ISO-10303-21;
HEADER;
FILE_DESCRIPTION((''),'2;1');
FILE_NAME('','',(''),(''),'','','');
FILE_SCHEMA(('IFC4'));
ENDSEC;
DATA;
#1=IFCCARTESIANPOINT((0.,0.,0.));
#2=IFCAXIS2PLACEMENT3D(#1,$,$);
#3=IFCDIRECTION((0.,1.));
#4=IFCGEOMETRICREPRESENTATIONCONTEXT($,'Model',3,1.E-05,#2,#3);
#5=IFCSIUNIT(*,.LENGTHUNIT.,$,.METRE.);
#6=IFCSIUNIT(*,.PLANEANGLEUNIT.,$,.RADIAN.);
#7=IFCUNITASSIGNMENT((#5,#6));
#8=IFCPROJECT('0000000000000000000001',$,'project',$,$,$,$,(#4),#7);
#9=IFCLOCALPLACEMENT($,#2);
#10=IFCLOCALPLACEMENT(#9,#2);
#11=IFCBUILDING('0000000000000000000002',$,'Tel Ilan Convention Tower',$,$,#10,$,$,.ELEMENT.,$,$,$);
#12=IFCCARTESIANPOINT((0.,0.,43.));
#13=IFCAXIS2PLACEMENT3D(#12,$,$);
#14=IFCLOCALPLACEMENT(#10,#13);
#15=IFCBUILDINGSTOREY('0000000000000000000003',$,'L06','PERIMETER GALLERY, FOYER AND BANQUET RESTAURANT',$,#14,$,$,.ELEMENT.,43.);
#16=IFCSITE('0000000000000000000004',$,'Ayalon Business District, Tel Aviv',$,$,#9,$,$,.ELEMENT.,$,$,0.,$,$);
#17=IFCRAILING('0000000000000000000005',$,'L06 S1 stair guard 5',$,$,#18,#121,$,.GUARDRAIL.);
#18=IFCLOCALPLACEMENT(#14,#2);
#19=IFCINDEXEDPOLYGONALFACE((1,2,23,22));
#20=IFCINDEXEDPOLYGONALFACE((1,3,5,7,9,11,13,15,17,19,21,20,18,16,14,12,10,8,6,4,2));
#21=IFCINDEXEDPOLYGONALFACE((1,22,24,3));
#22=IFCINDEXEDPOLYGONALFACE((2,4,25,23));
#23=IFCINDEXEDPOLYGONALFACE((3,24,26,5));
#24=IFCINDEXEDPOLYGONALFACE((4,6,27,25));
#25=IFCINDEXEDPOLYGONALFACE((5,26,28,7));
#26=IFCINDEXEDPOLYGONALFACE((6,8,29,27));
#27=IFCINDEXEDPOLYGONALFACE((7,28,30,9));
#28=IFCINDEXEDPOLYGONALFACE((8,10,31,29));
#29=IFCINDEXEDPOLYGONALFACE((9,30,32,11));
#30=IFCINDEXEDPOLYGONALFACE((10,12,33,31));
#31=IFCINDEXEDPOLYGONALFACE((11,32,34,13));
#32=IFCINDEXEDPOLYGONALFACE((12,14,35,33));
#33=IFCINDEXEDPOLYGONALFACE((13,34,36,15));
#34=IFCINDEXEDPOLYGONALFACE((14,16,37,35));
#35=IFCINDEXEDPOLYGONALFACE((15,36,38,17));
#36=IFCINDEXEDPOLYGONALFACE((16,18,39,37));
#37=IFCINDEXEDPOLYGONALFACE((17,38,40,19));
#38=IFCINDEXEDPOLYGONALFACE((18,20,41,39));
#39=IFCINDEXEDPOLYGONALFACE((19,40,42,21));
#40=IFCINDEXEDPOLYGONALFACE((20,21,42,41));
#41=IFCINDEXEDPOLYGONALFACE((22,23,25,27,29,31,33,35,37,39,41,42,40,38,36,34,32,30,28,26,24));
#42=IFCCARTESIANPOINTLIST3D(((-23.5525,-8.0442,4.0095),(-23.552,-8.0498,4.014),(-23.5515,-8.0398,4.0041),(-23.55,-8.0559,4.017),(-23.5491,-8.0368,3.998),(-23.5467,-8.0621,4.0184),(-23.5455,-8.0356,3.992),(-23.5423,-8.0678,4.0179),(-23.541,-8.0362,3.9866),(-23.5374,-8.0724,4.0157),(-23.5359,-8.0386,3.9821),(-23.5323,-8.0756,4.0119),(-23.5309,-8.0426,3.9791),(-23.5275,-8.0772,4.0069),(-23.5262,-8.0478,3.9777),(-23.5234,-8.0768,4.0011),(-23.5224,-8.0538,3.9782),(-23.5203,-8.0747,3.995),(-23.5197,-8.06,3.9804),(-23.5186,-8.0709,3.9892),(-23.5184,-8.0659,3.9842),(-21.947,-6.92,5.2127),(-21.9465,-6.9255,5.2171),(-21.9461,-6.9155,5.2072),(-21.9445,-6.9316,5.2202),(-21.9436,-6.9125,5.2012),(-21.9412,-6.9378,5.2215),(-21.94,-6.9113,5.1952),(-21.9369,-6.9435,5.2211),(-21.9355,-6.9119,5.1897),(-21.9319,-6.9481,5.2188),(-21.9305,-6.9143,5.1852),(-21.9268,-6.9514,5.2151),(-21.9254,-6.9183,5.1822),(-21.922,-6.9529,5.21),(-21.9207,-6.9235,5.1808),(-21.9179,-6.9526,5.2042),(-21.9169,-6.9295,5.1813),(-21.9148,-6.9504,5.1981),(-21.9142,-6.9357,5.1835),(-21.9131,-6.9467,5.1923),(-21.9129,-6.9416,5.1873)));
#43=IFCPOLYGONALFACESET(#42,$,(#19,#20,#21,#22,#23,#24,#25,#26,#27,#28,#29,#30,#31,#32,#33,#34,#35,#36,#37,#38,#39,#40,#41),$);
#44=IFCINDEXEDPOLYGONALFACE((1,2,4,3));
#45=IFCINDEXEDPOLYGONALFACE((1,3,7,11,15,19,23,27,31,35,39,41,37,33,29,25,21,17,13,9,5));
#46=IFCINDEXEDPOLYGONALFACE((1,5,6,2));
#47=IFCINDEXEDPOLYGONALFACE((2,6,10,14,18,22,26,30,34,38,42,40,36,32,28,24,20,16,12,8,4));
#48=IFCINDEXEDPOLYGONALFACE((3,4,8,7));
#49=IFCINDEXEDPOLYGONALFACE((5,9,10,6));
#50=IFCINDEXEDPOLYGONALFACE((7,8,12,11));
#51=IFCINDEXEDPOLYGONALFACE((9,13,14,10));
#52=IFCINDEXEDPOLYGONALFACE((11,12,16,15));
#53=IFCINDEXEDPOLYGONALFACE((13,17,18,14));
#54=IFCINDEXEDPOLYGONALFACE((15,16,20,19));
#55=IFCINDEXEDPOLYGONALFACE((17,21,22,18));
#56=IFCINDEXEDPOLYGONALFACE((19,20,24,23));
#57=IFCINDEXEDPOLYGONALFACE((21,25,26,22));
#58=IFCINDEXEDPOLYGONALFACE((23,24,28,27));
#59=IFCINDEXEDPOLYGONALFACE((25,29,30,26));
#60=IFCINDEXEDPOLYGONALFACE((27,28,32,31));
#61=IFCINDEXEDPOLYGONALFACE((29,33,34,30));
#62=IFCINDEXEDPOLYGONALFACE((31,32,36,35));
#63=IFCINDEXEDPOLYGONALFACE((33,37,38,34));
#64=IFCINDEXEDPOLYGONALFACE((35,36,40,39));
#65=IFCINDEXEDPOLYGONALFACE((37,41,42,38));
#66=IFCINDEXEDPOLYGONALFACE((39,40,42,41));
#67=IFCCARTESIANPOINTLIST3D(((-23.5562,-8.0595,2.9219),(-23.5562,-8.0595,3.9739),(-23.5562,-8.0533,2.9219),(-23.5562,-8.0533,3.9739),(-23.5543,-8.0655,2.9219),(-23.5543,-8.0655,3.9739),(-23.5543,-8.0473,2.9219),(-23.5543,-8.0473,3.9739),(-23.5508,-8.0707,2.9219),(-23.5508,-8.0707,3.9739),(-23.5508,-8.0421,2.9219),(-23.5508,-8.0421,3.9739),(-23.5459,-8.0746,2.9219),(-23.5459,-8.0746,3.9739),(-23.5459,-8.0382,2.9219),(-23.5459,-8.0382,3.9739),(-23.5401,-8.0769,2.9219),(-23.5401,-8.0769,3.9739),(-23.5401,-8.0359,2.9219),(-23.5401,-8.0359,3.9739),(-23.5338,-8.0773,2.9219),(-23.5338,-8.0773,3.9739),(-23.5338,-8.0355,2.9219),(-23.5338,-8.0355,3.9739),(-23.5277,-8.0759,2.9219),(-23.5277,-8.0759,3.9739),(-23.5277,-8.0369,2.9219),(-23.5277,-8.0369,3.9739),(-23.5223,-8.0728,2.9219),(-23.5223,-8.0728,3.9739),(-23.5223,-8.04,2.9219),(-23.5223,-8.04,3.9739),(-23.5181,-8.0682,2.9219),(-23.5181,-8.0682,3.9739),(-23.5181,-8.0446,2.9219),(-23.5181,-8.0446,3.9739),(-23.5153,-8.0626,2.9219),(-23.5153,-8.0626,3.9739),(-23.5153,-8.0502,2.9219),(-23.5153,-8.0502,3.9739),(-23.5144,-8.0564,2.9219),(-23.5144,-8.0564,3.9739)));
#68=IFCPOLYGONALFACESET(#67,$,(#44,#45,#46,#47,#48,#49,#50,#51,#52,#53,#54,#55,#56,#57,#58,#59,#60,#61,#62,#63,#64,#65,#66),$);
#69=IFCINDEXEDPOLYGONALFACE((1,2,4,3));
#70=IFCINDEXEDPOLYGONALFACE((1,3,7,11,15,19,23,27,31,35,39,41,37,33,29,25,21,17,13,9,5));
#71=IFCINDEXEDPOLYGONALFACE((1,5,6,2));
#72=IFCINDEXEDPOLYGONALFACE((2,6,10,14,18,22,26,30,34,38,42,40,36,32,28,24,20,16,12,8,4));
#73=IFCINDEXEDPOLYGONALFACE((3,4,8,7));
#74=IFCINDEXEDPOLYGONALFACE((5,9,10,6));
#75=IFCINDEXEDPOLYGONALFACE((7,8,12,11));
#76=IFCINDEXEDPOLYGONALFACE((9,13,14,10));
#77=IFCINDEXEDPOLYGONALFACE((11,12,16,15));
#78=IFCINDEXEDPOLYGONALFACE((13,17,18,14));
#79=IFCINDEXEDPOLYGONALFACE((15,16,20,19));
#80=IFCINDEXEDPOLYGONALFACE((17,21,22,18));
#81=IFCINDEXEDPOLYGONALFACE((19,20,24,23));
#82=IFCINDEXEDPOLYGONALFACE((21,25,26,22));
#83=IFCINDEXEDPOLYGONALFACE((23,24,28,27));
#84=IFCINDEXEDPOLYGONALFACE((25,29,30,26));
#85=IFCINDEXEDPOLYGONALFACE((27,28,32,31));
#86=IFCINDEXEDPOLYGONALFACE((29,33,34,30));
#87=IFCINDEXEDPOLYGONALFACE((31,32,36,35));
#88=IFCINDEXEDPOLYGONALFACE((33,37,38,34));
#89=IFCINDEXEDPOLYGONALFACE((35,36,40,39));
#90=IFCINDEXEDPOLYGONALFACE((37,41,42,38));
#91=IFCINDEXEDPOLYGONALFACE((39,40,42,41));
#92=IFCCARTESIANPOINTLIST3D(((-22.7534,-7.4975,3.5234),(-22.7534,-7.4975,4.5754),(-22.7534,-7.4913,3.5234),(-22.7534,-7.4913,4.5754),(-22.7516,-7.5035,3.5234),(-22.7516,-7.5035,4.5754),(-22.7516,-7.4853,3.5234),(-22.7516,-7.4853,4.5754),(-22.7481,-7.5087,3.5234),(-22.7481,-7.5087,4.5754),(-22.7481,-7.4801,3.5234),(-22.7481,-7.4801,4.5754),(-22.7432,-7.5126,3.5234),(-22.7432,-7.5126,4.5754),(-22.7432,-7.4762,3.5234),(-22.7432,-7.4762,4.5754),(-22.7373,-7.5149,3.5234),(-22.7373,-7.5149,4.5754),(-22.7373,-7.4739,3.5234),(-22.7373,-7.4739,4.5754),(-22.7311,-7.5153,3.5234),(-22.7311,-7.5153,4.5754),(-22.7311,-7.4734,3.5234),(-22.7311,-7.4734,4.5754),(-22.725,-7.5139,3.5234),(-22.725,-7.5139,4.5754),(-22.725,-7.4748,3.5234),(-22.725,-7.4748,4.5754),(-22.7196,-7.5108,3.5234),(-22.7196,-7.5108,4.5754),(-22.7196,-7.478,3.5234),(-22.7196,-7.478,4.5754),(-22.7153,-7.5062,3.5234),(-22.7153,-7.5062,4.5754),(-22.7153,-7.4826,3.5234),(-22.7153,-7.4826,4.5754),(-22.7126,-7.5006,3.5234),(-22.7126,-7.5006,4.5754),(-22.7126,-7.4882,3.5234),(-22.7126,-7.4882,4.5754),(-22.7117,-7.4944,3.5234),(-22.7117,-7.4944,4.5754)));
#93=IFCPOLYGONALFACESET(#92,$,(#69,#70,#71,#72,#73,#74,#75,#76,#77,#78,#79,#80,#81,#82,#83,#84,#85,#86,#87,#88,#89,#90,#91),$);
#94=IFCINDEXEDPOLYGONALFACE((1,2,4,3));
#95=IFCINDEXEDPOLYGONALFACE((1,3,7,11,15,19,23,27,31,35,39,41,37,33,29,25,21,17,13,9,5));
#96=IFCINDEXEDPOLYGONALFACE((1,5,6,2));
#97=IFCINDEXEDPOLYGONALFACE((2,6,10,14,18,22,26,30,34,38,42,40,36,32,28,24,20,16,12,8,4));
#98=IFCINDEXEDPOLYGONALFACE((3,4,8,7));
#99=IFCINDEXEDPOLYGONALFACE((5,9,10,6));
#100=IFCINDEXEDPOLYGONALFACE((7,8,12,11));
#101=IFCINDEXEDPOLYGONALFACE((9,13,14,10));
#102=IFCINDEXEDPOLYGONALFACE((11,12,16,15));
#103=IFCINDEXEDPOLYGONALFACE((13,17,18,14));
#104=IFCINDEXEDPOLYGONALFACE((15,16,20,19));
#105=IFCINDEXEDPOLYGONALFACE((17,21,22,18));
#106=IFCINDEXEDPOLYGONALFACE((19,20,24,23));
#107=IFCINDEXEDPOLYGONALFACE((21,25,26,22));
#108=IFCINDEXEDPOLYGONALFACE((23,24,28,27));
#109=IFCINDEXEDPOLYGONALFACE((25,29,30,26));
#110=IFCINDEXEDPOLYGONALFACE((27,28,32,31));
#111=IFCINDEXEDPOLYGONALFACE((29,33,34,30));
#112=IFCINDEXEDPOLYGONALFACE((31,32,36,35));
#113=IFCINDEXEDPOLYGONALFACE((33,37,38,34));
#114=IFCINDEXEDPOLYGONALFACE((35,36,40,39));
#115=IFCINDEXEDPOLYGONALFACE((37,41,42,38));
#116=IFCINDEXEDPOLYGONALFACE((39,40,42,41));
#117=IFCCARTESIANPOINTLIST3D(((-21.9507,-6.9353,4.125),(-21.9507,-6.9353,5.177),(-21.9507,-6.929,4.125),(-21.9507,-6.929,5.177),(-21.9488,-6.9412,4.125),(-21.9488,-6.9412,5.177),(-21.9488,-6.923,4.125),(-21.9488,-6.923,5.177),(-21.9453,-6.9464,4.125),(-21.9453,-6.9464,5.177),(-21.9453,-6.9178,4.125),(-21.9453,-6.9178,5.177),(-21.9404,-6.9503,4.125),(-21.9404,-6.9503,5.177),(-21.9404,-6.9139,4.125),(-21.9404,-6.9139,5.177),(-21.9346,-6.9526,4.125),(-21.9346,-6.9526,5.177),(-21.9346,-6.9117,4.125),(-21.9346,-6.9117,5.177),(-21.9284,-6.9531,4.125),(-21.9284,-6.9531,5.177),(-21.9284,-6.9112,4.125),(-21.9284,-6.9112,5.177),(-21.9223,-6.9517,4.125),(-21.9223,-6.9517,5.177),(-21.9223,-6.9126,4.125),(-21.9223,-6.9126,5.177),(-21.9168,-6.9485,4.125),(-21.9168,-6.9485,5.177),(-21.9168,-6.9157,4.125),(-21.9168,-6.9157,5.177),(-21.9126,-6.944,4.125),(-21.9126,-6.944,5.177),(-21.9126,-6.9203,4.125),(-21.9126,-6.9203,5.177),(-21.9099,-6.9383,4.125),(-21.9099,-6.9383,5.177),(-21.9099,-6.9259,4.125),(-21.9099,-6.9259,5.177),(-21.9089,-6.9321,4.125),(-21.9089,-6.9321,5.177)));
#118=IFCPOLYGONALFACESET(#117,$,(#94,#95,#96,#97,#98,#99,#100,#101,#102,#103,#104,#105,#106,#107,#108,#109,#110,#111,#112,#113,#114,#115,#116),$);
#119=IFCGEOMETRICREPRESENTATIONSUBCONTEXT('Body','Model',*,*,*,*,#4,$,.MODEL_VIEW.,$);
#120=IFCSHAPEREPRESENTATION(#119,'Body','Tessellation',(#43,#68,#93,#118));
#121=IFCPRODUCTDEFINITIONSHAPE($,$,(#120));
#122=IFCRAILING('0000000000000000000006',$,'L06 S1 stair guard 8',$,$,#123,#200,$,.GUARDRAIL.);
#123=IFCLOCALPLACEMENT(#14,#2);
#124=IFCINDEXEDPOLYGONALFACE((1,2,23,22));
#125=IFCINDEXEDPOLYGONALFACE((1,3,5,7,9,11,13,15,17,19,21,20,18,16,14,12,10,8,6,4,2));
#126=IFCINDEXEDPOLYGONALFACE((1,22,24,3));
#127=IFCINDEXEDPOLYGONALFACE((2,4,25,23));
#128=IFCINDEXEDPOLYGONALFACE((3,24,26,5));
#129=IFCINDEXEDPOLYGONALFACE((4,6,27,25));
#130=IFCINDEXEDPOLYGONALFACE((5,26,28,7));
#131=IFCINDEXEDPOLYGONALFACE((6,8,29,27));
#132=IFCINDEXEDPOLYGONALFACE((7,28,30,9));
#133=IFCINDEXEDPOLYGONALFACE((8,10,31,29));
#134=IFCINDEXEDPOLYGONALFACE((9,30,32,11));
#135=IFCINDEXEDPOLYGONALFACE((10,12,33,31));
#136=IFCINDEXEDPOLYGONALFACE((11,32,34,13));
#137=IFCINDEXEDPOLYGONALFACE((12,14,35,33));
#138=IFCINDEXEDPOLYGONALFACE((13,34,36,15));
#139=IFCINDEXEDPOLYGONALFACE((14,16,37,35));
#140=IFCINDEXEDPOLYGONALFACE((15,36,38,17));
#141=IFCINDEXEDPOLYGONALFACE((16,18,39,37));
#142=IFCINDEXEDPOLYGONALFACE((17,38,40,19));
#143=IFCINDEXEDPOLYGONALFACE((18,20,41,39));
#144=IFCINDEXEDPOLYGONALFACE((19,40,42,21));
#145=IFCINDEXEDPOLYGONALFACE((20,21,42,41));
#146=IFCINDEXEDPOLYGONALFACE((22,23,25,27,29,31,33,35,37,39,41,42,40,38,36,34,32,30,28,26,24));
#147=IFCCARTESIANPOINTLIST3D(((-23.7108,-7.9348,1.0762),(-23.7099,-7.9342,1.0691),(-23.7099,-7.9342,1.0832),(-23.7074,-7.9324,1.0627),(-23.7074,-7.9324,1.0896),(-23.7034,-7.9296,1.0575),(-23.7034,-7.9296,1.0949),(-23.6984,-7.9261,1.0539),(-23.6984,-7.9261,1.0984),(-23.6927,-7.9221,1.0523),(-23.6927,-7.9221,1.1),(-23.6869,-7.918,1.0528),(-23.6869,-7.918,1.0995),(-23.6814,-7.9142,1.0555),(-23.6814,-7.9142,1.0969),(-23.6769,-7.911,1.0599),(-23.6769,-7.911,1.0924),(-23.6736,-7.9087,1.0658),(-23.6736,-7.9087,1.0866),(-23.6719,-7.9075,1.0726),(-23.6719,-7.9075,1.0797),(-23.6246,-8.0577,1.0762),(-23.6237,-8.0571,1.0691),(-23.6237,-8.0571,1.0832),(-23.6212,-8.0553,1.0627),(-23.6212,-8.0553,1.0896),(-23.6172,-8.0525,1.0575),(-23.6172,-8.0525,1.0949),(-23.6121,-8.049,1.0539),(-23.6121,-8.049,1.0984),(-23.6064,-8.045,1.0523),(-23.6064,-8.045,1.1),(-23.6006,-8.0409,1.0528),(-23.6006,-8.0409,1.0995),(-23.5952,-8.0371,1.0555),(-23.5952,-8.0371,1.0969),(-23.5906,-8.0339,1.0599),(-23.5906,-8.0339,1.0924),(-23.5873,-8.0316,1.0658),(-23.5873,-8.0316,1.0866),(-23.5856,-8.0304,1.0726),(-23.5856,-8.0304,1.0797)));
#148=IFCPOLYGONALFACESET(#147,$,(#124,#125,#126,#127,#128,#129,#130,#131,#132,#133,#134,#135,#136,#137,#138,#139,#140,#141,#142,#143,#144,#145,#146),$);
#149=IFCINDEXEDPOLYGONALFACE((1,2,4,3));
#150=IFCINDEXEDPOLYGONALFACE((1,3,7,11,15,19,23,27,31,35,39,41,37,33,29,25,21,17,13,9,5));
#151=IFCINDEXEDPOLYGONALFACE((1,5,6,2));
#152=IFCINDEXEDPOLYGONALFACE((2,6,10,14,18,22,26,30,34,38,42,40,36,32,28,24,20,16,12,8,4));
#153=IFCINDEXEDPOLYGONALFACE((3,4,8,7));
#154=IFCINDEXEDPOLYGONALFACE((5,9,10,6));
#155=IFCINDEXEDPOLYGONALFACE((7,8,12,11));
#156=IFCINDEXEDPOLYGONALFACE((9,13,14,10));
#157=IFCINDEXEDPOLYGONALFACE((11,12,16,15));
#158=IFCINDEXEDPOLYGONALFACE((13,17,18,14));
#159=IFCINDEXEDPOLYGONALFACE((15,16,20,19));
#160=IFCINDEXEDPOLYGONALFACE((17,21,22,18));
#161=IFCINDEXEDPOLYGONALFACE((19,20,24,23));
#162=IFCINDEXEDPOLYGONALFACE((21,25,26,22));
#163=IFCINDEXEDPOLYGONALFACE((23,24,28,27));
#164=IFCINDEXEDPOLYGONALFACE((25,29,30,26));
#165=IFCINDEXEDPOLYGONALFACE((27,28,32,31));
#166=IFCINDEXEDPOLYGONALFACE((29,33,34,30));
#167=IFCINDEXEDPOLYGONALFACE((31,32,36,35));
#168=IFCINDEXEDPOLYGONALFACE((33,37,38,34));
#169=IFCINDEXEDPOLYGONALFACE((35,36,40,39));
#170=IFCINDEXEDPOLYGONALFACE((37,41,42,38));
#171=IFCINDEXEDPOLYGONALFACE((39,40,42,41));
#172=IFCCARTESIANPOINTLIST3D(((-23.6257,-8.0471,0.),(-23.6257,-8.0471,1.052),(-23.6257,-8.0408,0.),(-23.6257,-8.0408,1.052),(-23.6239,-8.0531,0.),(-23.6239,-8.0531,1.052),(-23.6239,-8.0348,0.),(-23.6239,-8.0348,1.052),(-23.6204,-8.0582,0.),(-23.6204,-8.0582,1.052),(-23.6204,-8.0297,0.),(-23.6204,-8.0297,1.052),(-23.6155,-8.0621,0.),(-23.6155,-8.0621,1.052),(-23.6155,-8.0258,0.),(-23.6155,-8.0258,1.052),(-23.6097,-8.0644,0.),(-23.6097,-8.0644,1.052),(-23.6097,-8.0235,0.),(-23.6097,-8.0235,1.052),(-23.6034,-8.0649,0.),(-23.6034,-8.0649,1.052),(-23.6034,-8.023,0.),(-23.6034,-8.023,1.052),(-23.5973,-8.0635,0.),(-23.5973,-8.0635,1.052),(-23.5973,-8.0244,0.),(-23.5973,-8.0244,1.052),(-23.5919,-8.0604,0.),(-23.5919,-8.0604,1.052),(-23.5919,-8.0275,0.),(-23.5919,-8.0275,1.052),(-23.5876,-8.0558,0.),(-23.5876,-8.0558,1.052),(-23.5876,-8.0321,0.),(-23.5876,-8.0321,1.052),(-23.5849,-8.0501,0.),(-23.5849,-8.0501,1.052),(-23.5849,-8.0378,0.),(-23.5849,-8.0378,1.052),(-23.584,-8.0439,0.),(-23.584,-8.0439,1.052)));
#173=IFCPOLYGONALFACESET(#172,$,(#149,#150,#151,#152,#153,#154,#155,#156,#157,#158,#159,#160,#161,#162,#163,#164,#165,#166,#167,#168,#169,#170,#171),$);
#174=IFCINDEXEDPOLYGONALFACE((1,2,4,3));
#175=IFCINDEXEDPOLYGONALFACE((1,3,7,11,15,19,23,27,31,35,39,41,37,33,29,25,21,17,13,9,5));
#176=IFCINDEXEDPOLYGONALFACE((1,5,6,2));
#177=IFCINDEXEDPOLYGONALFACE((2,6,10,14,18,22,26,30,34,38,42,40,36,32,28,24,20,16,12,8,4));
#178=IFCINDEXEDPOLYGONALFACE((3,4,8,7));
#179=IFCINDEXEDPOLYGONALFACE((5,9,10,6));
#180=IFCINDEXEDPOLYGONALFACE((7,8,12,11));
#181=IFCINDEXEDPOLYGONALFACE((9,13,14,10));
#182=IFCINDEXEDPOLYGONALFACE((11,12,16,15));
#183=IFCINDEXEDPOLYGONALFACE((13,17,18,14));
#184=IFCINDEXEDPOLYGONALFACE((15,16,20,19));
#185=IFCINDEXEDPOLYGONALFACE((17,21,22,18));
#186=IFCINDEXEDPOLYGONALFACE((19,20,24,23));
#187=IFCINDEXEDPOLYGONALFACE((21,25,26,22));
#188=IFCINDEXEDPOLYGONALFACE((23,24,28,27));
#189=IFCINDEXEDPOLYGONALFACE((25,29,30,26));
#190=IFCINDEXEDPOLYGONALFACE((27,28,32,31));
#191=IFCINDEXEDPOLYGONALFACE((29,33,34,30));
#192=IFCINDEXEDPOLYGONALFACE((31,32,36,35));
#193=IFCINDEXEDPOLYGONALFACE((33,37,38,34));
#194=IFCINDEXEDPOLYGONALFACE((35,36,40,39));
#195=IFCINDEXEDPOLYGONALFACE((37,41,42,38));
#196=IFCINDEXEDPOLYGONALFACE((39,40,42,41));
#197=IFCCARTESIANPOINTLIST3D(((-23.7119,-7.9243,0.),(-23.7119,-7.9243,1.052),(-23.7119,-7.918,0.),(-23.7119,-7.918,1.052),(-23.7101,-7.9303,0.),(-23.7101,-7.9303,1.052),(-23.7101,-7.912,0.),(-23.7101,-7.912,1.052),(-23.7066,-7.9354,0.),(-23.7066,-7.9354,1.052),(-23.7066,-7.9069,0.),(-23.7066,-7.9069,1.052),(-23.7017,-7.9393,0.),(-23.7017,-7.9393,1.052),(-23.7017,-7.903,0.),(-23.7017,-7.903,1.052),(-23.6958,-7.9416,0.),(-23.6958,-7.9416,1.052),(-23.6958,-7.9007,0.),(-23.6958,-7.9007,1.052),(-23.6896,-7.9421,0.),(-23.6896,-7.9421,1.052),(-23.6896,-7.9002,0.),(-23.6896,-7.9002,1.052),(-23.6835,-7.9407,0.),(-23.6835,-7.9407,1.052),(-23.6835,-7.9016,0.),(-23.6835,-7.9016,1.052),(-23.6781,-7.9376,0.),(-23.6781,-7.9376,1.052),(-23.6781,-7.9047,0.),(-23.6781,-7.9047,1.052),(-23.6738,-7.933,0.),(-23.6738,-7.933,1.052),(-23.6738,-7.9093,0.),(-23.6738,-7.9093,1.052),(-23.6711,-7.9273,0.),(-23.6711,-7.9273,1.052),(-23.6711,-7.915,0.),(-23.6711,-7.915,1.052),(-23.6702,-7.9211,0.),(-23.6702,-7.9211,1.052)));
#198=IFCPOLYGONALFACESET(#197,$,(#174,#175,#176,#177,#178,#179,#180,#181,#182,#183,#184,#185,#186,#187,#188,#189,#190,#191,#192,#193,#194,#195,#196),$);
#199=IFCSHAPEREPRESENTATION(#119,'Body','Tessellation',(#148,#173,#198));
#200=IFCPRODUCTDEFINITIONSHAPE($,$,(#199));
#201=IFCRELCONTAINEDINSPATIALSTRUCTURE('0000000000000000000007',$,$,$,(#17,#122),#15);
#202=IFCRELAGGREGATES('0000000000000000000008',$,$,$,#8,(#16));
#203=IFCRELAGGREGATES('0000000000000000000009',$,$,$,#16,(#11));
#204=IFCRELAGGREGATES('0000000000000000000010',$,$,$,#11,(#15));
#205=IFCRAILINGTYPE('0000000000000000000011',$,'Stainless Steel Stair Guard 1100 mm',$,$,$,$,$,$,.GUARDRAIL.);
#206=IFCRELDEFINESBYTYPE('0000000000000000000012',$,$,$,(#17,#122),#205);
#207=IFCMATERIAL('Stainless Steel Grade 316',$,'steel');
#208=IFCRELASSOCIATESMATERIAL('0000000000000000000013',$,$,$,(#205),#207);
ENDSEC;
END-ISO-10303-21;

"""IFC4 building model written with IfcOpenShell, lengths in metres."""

from ifc_helpers import new_model, si_unit, direction, frame, origin, origin_2d, place, context, subcontext, project, spatial, circle, extrude, material, type_object, element, save


model = new_model("IFC4")

# Units and contexts
model_context = context("Model", 3, precision=1e-05, world=origin(), true_north=direction((0.0, 1.0)))
body_context = subcontext(model_context, "Body", "Model", "MODEL_VIEW")
ifc_project = project(units=[si_unit("LENGTHUNIT", "METRE"), si_unit("PLANEANGLEUNIT", "RADIAN")], contexts=[model_context])

# Site, building, storey
site_placement = place(None, origin())
site = spatial("IfcSite", under=ifc_project, at=site_placement, Name="Ayalon Business District, Tel Aviv", CompositionType="ELEMENT", RefElevation=0.0)
building_placement = place(site_placement, origin())
building = spatial("IfcBuilding", under=site, at=building_placement, Name="Tel Ilan Convention Tower", CompositionType="ELEMENT")
storey_placement = place(building_placement, frame((0.0, 0.0, 43.0)))
storey = spatial("IfcBuildingStorey", under=building, at=storey_placement, Name="L06", Description="PERIMETER GALLERY, FOYER AND BANQUET RESTAURANT", CompositionType="ELEMENT", Elevation=43.0)

# Railings
ifc_material_1 = material(Name="Stainless Steel Grade 316", Category="steel")
railing_type_1 = type_object("IfcRailingType", Name="Stainless Steel Stair Guard 1100 mm", PredefinedType="GUARDRAIL", material=ifc_material_1)
railing_1_placement = place(storey_placement, frame((-23.5354, -8.0564, 2.9219)))
element("IfcRailing", 1, at=railing_1_placement, inside=storey, type_object=railing_type_1, Name="L06 S1 stair guard 5", PredefinedType="GUARDRAIL", context=body_context, shape_type="SweptSolid", body=[
    extrude(circle(Radius=0.0239, at=origin_2d()), frame((0.0, 0.0, 1.0762), z_axis=(0.698095, 0.488857, 0.523146), x_axis=(-0.573613, 0.819127, 0.0)), (0.0, 0.0, 1.0), 2.2998),
    extrude(circle(Radius=0.021, at=origin_2d()), origin(), (0.0, 0.0, 1.0), 1.052),
    extrude(circle(Radius=0.021, at=origin_2d()), frame((0.8027, 0.562, 0.6016)), (0.0, 0.0, 1.0), 1.052),
    extrude(circle(Radius=0.021, at=origin_2d()), frame((1.6055, 1.1243, 1.2031)), (0.0, 0.0, 1.0), 1.052),
])
railing_2_placement = place(storey_placement, frame((-23.605, -8.0439, 0.0)))
element("IfcRailing", 2, at=railing_2_placement, inside=storey, type_object=railing_type_1, Name="L06 S1 stair guard 8", PredefinedType="GUARDRAIL", context=body_context, shape_type="SweptSolid", body=[
    extrude(circle(Radius=0.0239, at=origin_2d()), frame((0.0, 0.0, 1.0762), z_axis=(-0.574445, 0.818543, 0.0), x_axis=(-0.818543, -0.574445, 0.0)), (0.0, 0.0, 1.0), 0.1501),
    extrude(circle(Radius=0.021, at=origin_2d()), origin(), (0.0, 0.0, 1.0), 1.052),
    extrude(circle(Radius=0.021, at=origin_2d()), frame((-0.0862, 0.1228, 0.0)), (0.0, 0.0, 1.0), 1.052),
])

save(model, "model.ifc")
